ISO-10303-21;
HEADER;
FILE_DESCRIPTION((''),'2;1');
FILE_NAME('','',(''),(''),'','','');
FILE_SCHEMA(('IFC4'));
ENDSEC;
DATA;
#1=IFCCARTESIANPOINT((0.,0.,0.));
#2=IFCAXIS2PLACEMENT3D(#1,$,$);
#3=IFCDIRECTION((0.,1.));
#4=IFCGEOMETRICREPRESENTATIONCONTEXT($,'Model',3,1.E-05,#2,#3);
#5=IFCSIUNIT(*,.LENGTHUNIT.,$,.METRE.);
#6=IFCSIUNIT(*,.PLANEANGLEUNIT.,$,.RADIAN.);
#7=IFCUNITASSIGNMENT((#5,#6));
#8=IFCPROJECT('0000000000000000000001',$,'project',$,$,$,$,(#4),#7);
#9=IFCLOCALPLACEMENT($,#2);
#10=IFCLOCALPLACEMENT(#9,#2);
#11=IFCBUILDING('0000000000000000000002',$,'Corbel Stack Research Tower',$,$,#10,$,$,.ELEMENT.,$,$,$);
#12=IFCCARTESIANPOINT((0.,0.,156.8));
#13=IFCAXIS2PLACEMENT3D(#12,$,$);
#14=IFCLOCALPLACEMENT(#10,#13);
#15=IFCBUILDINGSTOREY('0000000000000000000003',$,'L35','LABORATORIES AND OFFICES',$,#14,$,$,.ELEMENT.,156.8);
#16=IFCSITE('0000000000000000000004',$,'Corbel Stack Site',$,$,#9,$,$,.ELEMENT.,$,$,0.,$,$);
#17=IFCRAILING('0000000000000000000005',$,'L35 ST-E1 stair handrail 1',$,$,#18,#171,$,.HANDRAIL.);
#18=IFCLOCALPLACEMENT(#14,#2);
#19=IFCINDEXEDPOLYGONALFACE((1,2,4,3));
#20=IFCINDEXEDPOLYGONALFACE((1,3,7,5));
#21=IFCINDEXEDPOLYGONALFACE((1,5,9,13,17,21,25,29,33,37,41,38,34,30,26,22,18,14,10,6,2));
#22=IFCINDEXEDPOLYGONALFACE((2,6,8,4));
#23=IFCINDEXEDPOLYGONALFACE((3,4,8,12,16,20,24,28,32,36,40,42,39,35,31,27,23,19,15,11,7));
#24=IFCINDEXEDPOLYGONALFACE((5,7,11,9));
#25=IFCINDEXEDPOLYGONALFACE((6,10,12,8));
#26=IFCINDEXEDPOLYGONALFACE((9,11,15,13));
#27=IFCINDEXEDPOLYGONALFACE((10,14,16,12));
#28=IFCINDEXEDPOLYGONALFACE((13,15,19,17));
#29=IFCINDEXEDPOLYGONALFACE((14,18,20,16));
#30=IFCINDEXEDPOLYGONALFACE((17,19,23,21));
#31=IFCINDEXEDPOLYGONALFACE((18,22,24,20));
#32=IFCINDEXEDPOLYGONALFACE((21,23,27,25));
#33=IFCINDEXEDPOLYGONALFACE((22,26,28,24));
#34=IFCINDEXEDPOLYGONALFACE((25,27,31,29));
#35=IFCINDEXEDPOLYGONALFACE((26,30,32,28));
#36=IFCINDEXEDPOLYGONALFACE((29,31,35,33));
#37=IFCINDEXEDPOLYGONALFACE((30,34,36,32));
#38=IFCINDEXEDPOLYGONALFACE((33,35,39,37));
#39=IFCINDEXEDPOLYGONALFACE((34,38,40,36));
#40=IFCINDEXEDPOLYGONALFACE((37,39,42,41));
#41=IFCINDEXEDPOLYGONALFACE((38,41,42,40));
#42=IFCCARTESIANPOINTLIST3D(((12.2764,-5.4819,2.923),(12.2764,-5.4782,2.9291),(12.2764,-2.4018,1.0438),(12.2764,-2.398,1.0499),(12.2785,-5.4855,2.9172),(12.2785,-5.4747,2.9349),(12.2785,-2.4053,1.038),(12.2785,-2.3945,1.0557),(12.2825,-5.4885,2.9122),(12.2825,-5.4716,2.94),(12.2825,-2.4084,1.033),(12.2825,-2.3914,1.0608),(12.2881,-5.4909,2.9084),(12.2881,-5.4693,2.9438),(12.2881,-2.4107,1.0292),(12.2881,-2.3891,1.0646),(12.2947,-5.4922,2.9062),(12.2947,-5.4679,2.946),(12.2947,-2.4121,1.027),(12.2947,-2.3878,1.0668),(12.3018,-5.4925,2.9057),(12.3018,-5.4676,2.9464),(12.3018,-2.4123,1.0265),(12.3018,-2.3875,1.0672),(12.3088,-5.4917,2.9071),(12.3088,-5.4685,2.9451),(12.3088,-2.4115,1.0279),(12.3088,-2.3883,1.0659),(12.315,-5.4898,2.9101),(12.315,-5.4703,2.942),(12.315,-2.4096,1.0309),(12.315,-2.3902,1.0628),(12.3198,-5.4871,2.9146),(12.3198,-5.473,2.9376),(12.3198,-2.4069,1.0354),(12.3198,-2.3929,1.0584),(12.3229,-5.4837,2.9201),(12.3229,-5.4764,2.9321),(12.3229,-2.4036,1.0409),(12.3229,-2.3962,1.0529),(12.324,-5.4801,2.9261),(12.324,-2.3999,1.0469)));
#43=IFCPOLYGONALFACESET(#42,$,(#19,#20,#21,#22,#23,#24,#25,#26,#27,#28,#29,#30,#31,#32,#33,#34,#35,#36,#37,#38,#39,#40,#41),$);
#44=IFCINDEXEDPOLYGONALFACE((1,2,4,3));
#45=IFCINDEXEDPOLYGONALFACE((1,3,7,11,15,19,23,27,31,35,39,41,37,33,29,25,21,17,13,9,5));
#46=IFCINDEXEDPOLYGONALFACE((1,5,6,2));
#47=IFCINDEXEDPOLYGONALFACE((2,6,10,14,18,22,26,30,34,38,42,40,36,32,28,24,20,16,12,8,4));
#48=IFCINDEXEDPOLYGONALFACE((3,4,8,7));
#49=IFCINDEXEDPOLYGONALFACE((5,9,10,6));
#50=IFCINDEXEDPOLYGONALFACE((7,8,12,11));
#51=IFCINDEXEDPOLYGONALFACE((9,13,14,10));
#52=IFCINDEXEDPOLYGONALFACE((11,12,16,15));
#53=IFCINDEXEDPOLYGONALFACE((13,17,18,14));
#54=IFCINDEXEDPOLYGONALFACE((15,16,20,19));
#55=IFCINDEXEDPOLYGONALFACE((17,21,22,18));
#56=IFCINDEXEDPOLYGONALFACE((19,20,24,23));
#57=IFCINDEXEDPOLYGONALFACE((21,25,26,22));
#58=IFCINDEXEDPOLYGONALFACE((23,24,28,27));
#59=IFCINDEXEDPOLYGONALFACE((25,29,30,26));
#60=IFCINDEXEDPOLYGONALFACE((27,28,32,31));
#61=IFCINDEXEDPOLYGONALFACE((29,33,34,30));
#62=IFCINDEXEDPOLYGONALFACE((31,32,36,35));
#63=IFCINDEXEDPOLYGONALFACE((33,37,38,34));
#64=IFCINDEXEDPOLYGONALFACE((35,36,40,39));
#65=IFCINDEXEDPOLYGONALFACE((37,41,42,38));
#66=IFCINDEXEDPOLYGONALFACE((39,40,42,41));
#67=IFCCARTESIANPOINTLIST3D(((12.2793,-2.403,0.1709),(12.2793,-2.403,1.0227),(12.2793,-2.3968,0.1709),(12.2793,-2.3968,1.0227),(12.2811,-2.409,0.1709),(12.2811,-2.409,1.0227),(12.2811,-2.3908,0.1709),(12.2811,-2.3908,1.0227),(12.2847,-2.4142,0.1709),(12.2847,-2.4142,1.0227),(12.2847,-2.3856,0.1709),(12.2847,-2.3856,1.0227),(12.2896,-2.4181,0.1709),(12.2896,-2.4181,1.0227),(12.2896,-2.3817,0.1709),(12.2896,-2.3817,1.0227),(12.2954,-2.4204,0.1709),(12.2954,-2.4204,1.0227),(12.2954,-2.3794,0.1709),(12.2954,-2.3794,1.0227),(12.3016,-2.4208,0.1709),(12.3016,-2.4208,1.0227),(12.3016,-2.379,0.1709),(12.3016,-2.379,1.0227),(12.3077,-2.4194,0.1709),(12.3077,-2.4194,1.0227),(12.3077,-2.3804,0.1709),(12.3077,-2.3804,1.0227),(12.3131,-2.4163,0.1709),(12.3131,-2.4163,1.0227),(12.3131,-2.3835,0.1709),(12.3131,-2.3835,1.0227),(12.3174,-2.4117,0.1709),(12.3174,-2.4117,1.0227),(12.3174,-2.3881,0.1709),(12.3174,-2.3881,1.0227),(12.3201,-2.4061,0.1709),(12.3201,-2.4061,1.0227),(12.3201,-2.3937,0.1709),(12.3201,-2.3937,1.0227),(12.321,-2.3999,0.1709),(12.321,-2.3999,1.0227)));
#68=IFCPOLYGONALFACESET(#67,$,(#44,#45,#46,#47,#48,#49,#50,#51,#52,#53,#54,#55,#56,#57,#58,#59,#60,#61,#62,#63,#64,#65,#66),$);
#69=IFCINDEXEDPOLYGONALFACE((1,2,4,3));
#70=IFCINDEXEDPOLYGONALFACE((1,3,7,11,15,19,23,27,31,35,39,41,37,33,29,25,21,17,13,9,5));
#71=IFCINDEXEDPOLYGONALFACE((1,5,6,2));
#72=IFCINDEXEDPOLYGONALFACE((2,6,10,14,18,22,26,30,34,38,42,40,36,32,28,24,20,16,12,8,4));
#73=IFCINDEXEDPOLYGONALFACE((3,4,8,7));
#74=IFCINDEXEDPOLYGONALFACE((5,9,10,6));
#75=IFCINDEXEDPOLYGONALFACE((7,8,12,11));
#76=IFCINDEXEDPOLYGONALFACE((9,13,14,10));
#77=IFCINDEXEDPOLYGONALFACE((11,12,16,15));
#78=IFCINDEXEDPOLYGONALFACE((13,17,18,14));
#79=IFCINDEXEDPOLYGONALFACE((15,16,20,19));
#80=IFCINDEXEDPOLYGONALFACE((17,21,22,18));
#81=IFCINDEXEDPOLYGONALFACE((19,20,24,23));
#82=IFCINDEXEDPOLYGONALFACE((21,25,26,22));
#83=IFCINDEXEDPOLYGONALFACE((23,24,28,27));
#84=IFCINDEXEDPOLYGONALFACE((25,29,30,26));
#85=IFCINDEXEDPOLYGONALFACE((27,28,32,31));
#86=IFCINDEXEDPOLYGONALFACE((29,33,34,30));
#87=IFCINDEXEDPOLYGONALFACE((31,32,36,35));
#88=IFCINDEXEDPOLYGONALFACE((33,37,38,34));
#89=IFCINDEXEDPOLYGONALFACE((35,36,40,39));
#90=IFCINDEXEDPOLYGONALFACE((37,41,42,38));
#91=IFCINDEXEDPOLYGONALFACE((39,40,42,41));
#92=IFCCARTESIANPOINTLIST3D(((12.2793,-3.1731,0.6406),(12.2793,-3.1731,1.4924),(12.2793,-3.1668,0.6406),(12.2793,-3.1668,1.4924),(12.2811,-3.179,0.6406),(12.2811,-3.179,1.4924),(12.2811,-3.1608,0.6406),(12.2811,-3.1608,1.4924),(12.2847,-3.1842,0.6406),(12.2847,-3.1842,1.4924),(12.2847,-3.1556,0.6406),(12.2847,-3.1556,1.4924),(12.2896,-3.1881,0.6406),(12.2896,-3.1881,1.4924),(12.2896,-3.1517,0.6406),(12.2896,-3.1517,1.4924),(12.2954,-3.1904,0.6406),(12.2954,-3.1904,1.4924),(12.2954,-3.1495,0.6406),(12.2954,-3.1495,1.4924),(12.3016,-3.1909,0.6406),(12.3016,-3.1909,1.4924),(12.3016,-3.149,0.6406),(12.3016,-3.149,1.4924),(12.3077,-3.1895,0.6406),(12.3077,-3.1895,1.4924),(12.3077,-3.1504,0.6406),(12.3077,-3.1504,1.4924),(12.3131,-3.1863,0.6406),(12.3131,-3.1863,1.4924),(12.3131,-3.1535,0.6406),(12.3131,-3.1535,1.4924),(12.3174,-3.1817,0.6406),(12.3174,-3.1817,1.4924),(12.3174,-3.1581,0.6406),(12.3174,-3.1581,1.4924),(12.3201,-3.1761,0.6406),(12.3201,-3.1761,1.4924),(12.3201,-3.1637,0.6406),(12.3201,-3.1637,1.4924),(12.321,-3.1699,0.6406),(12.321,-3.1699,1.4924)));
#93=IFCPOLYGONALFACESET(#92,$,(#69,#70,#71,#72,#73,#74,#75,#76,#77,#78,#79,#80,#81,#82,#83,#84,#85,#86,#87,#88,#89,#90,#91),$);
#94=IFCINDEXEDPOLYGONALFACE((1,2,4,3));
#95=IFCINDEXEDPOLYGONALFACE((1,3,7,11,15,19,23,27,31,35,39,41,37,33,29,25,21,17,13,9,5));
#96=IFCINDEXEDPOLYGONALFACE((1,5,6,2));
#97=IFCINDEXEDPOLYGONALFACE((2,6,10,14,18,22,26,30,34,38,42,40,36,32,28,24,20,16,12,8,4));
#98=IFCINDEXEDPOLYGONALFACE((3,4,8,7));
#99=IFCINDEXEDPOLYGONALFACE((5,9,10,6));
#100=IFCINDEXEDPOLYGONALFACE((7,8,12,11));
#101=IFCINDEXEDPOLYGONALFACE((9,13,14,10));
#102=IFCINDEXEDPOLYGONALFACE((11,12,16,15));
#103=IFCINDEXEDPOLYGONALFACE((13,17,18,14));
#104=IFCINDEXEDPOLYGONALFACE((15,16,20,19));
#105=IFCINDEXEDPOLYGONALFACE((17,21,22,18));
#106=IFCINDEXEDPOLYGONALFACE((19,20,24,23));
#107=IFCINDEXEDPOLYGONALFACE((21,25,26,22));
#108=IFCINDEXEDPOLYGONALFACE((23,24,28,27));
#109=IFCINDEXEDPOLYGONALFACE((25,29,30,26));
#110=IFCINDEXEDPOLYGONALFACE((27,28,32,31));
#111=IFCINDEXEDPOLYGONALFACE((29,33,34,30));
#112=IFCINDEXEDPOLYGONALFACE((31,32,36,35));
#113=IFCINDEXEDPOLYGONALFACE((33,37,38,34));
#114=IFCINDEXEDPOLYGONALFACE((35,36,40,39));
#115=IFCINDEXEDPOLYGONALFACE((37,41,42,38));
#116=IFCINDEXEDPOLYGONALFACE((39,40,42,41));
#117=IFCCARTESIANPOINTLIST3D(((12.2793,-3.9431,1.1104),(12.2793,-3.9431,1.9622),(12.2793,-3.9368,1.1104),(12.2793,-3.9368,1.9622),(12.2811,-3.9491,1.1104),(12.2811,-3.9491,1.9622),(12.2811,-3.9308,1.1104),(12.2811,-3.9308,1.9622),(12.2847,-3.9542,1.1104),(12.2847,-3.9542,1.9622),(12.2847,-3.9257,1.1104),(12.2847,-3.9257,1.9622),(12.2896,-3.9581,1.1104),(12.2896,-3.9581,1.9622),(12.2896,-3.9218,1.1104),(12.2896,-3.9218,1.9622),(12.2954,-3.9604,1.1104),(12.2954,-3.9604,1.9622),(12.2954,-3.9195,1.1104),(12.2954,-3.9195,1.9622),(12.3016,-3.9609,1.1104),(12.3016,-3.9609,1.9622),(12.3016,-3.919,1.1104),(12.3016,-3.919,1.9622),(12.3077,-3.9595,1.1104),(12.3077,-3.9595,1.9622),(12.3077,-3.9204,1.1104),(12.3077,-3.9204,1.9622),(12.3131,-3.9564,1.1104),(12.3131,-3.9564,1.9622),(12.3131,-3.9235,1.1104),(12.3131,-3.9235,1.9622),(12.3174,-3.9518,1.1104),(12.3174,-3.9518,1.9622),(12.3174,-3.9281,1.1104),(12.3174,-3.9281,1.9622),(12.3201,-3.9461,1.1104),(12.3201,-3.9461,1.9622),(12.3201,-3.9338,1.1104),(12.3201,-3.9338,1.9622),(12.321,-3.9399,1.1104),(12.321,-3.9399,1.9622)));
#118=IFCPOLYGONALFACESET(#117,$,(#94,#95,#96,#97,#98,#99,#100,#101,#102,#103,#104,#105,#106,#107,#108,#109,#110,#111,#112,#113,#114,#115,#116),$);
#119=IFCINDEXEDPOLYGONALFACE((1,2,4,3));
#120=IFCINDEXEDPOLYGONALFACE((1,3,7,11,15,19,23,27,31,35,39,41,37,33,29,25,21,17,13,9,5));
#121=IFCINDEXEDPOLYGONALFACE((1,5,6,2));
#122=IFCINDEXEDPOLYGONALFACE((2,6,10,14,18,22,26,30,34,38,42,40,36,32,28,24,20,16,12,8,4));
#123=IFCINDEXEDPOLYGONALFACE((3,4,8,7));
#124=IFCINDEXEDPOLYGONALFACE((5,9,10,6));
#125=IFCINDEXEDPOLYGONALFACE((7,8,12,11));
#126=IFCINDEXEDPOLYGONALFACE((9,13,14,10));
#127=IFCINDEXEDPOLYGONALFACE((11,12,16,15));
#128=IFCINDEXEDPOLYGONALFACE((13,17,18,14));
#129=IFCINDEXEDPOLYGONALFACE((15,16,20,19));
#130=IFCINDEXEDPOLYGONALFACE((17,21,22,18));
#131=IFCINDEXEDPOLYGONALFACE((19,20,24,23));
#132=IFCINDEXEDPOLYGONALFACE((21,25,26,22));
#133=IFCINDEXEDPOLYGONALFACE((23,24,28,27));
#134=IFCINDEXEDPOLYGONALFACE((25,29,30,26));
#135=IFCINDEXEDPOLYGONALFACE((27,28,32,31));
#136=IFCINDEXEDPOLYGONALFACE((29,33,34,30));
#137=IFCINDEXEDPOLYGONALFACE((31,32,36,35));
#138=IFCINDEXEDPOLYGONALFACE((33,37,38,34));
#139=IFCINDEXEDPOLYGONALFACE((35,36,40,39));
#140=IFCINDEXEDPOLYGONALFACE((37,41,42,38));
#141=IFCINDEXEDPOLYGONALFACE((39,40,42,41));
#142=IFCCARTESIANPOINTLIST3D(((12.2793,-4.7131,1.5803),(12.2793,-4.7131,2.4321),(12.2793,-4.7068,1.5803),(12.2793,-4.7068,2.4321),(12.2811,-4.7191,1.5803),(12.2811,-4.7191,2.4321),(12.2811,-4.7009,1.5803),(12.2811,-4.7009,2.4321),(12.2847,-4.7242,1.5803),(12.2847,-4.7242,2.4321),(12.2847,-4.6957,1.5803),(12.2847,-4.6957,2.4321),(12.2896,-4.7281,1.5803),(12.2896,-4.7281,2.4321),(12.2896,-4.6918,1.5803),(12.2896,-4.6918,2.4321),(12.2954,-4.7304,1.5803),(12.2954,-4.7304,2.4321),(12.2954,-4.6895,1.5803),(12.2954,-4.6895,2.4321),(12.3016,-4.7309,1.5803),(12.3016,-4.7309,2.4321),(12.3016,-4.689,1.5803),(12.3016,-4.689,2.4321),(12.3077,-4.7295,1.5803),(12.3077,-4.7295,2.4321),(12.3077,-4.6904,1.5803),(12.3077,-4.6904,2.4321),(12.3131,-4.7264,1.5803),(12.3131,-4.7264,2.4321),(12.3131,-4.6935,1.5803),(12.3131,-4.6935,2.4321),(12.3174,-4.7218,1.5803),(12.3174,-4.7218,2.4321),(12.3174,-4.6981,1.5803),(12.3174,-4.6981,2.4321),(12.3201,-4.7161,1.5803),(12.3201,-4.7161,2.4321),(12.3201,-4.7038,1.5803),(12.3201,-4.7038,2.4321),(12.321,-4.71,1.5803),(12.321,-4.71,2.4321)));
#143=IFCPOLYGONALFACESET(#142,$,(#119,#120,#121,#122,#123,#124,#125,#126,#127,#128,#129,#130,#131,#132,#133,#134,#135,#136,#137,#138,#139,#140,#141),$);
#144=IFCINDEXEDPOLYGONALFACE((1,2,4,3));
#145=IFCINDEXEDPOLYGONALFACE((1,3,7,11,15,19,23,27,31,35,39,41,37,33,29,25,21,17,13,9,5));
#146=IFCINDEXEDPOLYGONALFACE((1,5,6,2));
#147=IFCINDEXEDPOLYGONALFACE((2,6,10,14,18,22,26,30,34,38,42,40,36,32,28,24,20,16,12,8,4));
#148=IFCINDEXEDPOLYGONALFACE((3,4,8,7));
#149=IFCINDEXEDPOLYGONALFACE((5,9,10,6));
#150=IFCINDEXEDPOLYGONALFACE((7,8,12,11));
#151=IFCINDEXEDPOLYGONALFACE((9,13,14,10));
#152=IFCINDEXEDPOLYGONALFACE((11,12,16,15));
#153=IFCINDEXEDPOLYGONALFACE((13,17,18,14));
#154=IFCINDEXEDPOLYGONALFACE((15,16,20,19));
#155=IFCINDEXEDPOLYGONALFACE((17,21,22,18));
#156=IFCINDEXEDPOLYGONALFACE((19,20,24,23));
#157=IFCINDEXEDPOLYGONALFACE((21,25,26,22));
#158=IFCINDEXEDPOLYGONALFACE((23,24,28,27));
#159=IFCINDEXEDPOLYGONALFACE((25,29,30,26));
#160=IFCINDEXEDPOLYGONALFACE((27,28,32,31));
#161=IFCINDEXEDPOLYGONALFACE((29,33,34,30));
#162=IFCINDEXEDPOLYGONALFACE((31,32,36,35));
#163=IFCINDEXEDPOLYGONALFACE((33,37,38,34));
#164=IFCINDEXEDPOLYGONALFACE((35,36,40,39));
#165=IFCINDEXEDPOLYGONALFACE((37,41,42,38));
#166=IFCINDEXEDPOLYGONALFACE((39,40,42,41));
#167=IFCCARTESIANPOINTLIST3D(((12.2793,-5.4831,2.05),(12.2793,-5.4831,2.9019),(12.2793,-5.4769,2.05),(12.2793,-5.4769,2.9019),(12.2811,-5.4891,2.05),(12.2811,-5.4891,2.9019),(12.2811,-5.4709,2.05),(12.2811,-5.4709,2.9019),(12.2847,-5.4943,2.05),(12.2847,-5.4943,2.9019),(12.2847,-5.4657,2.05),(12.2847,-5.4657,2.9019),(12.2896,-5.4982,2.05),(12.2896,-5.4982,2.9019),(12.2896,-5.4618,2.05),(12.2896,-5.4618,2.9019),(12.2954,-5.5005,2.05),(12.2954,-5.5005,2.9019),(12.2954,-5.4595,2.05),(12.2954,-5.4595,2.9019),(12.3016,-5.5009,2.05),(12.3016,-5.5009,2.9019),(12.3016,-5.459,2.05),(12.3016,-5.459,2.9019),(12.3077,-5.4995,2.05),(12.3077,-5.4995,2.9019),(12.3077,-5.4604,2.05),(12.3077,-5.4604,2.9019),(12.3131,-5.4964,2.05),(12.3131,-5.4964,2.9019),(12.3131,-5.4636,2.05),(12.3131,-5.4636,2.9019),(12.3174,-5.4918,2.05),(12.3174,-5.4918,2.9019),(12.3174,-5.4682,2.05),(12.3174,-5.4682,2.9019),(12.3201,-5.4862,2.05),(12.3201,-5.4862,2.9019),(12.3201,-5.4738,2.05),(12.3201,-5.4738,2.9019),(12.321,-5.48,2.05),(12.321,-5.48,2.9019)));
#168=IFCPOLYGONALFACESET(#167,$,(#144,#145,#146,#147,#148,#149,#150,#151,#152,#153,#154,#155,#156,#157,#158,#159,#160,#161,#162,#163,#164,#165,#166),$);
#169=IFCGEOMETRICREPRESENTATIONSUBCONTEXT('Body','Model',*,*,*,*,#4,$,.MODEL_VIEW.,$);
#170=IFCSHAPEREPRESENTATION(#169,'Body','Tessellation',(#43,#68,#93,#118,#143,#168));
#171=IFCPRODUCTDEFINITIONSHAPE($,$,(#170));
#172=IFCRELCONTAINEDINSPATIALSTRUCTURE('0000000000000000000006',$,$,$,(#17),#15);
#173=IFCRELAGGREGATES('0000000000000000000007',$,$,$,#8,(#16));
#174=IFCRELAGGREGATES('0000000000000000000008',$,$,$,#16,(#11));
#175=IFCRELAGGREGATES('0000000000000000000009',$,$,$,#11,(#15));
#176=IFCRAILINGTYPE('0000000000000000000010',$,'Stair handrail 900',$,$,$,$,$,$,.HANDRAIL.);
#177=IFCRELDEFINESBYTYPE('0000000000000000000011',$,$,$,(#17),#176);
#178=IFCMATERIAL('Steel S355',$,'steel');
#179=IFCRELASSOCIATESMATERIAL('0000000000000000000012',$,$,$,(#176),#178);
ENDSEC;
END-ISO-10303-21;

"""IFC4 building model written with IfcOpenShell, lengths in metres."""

from ifc_helpers import new_model, si_unit, direction, frame, origin, origin_2d, place, context, subcontext, project, spatial, circle, extrude, material, type_object, element, save


model = new_model("IFC4")

# Units and contexts
model_context = context("Model", 3, precision=1e-05, world=origin(), true_north=direction((0.0, 1.0)))
body_context = subcontext(model_context, "Body", "Model", "MODEL_VIEW")
ifc_project = project(units=[si_unit("LENGTHUNIT", "METRE"), si_unit("PLANEANGLEUNIT", "RADIAN")], contexts=[model_context])

# Site, building, storey
site_placement = place(None, origin())
site = spatial("IfcSite", under=ifc_project, at=site_placement, Name="Corbel Stack Site", CompositionType="ELEMENT", RefElevation=0.0)
building_placement = place(site_placement, origin())
building = spatial("IfcBuilding", under=site, at=building_placement, Name="Corbel Stack Research Tower", CompositionType="ELEMENT")
storey_placement = place(building_placement, frame((0.0, 0.0, 156.8)))
storey = spatial("IfcBuildingStorey", under=building, at=storey_placement, Name="L35", Description="LABORATORIES AND OFFICES", CompositionType="ELEMENT", Elevation=156.8)

# Railing
ifc_material_1 = material(Name="Steel S355", Category="steel")
railing_type_1 = type_object("IfcRailingType", Name="Stair handrail 900", PredefinedType="HANDRAIL", material=ifc_material_1)
railing_1_placement = place(storey_placement, frame((12.3, -2.3999, 0.1709)))
element("IfcRailing", 1, at=railing_1_placement, inside=storey, type_object=railing_type_1, Name="L35 ST-E1 stair handrail 1", PredefinedType="HANDRAIL", context=body_context, shape_type="SweptSolid", body=[
    extrude(circle(Radius=0.0239, at=origin_2d()), frame((0.0, 0.0, 0.876), z_axis=(0.0, -0.853666, 0.52082), x_axis=(1.0, 0.0, 0.0)), (0.0, 0.0, 1.0), 3.6082),
    extrude(circle(Radius=0.021, at=origin_2d()), origin(), (0.0, 0.0, 1.0), 0.8518),
    extrude(circle(Radius=0.021, at=origin_2d()), frame((0.0, -0.77, 0.4697)), (0.0, 0.0, 1.0), 0.8518),
    extrude(circle(Radius=0.021, at=origin_2d()), frame((0.0, -1.54, 0.9395)), (0.0, 0.0, 1.0), 0.8518),
    extrude(circle(Radius=0.021, at=origin_2d()), frame((0.0, -2.3101, 1.4094)), (0.0, 0.0, 1.0), 0.8518),
    extrude(circle(Radius=0.021, at=origin_2d()), frame((0.0, -3.0801, 1.8792)), (0.0, 0.0, 1.0), 0.8518),
])

save(model, "model.ifc")
